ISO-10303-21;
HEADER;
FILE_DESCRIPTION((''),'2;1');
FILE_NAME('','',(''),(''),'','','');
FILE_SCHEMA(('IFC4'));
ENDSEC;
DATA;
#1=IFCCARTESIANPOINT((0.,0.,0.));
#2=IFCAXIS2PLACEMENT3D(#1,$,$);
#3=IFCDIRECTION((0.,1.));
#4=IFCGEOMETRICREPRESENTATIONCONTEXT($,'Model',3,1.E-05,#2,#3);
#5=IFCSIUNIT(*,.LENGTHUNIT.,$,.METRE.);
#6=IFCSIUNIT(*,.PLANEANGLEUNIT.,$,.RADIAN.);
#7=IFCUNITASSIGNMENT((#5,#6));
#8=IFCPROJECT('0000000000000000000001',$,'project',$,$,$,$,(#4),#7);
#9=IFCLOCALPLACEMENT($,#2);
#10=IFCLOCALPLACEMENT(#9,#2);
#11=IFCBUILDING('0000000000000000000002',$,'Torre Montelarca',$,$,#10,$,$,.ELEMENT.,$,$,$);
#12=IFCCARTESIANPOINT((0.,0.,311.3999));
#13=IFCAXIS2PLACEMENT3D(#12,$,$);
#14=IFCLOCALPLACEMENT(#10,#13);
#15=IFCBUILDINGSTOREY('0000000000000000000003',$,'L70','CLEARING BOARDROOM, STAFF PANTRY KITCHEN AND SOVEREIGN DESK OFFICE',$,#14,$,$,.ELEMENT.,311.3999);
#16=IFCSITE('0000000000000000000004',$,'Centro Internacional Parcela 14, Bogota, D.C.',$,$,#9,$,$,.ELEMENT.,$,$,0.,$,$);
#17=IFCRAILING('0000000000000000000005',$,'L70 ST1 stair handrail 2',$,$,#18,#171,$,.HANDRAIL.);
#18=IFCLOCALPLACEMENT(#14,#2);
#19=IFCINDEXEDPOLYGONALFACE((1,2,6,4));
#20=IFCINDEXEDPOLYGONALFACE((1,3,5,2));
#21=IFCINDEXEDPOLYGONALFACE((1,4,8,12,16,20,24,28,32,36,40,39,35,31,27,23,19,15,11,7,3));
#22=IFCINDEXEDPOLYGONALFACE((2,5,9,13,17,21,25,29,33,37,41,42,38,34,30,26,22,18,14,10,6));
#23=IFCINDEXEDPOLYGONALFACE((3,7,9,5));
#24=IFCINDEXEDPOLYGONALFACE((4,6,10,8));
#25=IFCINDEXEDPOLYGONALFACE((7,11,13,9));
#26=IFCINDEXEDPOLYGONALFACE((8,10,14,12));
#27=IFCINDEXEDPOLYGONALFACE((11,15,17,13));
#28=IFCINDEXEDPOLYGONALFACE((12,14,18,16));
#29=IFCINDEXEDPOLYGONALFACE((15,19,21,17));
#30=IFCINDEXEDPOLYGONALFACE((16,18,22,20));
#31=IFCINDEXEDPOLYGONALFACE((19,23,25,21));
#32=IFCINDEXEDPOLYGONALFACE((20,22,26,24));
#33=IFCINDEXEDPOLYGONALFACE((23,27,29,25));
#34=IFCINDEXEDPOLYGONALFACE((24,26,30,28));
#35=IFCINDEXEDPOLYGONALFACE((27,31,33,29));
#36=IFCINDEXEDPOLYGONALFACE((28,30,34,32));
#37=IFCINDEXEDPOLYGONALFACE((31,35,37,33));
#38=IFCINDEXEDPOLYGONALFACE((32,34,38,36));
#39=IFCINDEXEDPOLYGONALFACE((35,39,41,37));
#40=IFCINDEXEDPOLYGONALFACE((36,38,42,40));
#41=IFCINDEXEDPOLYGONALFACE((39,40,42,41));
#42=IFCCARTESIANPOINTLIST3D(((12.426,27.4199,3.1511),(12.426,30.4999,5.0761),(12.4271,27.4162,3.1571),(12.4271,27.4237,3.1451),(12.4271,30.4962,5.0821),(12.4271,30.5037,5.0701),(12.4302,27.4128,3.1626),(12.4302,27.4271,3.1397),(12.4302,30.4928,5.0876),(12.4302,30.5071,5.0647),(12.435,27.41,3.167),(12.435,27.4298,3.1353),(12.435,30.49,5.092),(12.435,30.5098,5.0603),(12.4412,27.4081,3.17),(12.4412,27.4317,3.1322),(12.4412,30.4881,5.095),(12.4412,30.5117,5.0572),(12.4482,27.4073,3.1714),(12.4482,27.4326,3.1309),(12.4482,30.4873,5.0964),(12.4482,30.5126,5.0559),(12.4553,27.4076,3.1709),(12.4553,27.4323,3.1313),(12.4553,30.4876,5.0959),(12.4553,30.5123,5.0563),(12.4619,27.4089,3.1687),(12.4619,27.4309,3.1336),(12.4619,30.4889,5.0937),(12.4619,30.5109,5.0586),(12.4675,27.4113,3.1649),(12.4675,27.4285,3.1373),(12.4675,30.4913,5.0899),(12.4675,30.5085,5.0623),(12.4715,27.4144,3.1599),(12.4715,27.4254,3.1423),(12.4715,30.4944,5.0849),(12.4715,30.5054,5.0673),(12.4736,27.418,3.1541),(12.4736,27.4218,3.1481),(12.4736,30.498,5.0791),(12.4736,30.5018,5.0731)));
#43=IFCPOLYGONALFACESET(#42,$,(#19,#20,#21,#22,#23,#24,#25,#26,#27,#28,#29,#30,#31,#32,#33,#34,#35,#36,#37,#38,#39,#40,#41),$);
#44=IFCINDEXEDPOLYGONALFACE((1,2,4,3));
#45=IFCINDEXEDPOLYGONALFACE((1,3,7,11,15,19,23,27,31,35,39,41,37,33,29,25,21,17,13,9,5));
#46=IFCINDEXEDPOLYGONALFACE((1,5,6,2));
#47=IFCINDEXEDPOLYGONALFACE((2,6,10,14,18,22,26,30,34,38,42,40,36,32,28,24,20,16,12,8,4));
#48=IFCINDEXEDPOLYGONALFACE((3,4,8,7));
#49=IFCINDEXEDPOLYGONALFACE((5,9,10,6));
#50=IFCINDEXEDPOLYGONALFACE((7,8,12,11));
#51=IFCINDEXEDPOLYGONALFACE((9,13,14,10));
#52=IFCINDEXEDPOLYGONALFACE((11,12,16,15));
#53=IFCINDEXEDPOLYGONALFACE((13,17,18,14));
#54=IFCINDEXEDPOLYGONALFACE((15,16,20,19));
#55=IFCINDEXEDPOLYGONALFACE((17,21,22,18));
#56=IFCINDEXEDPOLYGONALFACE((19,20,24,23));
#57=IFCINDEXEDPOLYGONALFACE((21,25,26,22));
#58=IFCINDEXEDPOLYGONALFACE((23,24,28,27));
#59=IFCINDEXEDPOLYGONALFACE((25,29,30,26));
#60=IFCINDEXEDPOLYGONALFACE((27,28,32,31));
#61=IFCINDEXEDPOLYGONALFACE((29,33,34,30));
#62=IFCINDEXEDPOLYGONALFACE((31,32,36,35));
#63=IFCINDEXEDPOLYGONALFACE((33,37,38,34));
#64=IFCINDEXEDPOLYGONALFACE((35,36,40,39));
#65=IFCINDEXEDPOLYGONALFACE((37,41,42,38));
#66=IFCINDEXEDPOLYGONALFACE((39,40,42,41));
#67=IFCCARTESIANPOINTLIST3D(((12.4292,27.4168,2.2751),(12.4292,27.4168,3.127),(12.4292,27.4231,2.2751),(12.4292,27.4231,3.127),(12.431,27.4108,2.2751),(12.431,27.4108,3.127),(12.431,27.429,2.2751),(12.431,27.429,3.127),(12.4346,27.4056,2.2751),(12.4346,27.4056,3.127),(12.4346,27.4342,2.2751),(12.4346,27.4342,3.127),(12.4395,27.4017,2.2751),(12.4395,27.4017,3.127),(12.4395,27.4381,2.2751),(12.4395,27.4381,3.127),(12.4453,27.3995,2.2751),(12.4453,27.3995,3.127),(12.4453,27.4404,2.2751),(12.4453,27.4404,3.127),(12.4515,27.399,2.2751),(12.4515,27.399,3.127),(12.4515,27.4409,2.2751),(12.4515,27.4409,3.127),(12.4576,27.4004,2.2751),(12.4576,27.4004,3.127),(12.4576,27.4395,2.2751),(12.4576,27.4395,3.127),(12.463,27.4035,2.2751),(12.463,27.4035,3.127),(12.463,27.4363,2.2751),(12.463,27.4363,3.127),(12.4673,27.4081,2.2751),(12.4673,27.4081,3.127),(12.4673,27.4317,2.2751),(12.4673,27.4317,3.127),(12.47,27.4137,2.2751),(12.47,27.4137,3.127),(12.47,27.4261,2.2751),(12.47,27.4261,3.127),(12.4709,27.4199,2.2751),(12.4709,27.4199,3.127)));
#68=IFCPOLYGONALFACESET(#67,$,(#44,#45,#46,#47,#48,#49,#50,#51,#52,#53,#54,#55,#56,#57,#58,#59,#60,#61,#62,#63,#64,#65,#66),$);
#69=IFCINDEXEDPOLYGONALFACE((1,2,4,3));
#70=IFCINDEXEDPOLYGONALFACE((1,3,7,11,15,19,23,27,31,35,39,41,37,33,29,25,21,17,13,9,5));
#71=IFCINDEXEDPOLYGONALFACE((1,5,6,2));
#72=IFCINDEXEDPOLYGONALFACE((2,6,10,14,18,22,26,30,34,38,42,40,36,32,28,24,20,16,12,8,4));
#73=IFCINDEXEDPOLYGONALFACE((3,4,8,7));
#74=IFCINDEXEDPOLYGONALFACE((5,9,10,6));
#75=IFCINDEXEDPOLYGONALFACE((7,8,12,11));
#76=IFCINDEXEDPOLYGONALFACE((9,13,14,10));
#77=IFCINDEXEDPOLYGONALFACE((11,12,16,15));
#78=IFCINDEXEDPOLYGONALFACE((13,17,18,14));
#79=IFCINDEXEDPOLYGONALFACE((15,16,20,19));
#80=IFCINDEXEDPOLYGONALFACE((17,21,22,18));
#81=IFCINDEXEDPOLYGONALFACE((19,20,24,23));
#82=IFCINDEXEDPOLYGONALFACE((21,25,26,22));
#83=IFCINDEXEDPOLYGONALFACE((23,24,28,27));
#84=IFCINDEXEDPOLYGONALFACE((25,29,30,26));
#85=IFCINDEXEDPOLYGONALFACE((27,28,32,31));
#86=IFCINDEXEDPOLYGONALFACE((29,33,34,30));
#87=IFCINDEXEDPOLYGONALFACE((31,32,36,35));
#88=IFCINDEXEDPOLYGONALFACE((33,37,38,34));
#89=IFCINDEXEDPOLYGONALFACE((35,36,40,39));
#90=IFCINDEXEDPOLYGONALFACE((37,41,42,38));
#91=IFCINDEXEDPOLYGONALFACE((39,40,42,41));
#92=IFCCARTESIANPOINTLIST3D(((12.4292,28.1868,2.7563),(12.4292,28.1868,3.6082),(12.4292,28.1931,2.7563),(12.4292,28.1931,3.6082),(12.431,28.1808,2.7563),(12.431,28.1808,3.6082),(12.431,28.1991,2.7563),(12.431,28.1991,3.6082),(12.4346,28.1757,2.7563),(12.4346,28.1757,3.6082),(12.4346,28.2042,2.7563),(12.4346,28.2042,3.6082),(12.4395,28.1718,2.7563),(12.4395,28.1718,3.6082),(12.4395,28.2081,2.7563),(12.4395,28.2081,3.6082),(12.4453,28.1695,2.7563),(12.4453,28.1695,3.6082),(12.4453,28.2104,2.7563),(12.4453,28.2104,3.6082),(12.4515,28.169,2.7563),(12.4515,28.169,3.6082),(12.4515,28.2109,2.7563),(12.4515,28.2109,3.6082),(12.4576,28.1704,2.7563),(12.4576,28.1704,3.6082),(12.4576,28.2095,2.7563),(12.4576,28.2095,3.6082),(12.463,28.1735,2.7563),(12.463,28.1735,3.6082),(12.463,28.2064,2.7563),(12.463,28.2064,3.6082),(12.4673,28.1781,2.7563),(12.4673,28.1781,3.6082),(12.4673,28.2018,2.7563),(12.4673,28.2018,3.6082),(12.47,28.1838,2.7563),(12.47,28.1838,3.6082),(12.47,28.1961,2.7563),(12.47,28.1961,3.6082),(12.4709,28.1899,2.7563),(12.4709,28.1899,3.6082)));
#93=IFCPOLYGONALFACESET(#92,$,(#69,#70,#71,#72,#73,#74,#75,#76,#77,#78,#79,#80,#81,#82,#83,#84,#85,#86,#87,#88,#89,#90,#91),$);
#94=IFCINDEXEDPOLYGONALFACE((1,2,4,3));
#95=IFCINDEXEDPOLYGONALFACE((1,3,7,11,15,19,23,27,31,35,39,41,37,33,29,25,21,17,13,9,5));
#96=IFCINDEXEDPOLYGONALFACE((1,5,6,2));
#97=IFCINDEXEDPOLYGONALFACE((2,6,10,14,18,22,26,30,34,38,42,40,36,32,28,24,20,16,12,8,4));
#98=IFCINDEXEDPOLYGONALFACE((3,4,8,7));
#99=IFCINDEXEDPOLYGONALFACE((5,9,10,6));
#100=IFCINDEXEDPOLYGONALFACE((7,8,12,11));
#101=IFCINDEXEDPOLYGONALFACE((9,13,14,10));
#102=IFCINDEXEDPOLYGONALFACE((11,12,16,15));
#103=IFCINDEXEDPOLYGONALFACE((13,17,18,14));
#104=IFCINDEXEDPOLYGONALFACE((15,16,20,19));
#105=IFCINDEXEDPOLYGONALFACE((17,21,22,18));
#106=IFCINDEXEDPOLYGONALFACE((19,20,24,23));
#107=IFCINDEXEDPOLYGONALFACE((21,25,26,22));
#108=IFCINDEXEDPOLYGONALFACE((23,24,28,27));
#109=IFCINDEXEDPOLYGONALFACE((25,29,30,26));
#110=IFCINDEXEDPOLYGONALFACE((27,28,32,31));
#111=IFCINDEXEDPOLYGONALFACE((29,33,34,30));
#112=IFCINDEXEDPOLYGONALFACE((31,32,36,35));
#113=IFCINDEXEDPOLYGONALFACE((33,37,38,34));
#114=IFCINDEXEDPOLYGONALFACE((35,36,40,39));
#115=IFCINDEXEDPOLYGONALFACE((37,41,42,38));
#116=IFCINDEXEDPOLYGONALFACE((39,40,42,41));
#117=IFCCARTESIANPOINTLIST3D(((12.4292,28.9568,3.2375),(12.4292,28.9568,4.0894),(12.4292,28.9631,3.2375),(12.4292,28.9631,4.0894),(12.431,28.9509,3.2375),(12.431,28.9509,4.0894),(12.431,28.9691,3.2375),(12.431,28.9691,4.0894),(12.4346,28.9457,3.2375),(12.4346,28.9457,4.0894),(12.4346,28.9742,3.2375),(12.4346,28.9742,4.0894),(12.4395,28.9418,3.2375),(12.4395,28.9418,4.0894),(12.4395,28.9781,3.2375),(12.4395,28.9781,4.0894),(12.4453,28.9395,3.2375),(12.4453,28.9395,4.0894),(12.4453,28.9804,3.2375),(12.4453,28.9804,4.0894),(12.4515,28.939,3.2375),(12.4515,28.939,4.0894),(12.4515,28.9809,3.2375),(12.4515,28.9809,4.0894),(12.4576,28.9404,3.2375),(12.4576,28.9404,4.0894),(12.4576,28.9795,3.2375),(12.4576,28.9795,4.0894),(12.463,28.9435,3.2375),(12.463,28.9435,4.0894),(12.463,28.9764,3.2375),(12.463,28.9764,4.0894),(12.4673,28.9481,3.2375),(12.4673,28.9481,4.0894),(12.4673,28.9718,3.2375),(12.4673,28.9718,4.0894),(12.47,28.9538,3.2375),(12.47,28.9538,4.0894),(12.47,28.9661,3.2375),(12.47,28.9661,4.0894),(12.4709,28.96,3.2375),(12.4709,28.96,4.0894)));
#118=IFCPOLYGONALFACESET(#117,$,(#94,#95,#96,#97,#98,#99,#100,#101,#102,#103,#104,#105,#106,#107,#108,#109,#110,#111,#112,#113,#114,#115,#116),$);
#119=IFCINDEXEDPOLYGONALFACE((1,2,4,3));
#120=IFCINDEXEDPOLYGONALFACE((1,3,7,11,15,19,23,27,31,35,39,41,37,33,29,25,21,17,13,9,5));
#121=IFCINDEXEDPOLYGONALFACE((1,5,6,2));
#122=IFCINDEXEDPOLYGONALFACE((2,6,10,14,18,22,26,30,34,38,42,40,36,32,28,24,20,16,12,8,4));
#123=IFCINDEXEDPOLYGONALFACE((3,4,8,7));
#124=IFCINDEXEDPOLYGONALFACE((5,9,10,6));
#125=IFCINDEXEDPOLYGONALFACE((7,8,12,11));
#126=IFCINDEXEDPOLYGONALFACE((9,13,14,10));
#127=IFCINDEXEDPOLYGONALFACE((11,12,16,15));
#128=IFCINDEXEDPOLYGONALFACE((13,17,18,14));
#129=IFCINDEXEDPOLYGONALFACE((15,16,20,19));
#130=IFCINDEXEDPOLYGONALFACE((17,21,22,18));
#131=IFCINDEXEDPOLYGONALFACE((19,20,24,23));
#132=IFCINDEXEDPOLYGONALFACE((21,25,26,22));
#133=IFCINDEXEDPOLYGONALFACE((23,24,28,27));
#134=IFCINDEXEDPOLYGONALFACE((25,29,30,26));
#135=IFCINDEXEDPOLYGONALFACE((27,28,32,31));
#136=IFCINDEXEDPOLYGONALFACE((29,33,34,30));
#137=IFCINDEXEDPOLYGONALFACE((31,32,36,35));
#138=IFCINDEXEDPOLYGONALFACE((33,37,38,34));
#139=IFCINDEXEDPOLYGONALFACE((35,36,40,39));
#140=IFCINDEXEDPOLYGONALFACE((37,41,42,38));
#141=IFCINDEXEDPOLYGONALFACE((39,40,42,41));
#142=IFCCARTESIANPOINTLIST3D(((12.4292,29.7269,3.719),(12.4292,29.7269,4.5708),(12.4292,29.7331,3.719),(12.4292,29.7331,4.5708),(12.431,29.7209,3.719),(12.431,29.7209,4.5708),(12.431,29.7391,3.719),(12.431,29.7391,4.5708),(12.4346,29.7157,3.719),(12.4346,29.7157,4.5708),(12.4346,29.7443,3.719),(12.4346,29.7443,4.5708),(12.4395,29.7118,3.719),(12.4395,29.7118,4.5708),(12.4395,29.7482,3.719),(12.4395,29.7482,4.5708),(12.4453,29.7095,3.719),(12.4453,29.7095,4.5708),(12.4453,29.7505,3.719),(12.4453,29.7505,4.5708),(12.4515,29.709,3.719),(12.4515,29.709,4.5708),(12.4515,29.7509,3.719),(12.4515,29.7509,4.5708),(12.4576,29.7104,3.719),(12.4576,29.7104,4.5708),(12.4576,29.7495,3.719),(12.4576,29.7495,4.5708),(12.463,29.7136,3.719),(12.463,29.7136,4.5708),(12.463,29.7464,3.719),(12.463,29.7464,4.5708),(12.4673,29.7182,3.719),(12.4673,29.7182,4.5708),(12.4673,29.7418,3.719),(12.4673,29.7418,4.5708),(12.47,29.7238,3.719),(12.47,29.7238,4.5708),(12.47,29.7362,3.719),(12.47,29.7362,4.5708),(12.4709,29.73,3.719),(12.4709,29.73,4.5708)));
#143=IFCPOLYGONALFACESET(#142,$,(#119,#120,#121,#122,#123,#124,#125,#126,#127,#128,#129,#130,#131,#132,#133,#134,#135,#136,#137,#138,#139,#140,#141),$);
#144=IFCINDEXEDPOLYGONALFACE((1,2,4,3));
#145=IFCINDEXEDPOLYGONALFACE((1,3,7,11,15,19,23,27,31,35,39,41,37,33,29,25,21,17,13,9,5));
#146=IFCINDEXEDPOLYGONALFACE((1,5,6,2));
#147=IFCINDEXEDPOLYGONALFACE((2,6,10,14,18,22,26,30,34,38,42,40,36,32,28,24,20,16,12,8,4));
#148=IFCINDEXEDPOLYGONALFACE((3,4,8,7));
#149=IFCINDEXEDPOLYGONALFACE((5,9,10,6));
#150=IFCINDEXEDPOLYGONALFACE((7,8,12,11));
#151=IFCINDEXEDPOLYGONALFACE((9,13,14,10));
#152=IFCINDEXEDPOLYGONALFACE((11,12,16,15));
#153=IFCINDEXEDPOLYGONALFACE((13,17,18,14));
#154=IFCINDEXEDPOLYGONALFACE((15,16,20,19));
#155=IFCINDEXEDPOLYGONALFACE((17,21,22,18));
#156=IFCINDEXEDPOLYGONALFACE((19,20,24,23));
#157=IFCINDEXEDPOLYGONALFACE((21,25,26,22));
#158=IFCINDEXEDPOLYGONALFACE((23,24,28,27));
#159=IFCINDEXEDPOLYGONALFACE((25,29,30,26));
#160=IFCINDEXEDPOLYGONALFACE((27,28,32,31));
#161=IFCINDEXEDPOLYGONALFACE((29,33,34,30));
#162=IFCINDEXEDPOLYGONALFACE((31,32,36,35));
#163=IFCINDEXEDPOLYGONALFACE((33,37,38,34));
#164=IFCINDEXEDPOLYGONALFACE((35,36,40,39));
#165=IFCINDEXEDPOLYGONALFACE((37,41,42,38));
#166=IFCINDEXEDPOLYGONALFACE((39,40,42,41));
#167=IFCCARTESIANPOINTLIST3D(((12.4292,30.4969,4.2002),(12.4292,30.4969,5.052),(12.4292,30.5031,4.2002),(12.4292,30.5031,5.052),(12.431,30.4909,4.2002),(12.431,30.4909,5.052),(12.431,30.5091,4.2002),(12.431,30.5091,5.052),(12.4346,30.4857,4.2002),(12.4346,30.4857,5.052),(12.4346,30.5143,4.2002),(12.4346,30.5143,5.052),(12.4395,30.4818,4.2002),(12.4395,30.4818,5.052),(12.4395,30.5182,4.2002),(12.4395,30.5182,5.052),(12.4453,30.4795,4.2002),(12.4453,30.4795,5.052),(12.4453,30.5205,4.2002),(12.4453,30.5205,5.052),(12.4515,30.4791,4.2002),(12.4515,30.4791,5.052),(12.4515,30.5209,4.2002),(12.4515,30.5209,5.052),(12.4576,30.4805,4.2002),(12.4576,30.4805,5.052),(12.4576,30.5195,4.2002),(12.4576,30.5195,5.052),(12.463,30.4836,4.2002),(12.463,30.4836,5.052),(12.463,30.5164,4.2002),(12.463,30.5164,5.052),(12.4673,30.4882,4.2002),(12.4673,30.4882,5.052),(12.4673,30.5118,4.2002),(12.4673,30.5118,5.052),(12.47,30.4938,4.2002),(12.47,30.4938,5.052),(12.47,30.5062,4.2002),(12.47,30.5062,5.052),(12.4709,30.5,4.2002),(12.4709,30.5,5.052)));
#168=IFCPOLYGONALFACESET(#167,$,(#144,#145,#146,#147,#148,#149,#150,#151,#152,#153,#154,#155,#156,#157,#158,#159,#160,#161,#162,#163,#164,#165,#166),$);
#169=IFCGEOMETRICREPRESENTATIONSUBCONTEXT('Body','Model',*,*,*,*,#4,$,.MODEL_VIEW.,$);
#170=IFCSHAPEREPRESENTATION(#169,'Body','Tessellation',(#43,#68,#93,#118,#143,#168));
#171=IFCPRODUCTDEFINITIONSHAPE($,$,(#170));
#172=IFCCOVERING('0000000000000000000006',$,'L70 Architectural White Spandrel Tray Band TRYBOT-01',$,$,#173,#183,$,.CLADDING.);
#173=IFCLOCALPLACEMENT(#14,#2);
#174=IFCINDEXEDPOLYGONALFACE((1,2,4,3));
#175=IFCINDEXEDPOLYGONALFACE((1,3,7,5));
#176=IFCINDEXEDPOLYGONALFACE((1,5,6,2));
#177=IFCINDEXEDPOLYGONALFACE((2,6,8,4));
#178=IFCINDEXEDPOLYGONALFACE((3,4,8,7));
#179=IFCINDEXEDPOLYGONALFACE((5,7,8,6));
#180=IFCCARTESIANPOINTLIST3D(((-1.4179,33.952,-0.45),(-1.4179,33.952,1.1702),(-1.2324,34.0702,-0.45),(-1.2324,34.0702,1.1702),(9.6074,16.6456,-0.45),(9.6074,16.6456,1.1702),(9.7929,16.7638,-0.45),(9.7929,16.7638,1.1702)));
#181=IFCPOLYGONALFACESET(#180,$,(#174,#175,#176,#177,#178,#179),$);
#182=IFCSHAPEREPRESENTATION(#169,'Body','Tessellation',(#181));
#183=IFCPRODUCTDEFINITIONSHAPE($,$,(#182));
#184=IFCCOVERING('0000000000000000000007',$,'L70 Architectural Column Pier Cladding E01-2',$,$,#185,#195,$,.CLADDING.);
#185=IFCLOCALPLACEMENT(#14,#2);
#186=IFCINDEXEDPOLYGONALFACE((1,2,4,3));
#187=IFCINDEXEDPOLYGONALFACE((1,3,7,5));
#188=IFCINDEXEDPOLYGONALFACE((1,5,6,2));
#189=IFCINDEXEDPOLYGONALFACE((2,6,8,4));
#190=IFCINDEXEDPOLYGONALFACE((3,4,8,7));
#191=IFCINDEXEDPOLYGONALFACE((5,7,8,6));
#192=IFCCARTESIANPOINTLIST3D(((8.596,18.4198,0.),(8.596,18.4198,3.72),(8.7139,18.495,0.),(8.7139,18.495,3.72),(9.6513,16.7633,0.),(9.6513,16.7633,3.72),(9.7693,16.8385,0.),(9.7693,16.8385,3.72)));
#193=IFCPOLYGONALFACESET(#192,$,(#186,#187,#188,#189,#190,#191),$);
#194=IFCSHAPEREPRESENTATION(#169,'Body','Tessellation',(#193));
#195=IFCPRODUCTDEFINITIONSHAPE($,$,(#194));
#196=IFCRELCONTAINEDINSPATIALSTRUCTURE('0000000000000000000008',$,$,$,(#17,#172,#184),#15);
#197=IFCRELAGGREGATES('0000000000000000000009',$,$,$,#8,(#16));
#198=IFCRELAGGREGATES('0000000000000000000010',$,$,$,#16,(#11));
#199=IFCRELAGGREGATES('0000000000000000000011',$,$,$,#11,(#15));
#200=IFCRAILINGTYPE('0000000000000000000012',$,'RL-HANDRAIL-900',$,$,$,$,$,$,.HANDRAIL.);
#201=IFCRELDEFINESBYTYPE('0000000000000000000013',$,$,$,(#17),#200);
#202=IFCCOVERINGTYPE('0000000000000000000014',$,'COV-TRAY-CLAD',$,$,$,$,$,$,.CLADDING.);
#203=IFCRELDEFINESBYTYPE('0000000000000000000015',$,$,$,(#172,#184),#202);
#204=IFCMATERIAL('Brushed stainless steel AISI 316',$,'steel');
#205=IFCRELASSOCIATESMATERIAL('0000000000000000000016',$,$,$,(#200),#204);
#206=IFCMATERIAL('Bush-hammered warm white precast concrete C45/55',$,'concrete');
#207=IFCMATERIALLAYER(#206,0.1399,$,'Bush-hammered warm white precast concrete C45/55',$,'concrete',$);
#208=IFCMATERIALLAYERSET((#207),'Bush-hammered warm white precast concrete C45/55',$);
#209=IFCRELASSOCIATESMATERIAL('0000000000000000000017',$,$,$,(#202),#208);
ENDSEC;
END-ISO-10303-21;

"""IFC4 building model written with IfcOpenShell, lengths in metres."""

from ifc_helpers import new_model, si_unit, direction, frame, origin, origin_2d, place, context, subcontext, project, spatial, rectangle, circle, extrude, source, transform, mapped, material, layer, layer_set, type_object, element, save


model = new_model("IFC4")

# Units and contexts
model_context = context("Model", 3, precision=1e-05, world=origin(), true_north=direction((0.0, 1.0)))
body_context = subcontext(model_context, "Body", "Model", "MODEL_VIEW")
ifc_project = project(units=[si_unit("LENGTHUNIT", "METRE"), si_unit("PLANEANGLEUNIT", "RADIAN")], contexts=[model_context])

# Site, building, storey
site_placement = place(None, origin())
site = spatial("IfcSite", under=ifc_project, at=site_placement, Name="Centro Internacional Parcela 14, Bogota, D.C.", CompositionType="ELEMENT", RefElevation=0.0)
building_placement = place(site_placement, origin())
building = spatial("IfcBuilding", under=site, at=building_placement, Name="Torre Montelarca", CompositionType="ELEMENT")
storey_placement = place(building_placement, frame((0.0, 0.0, 311.3999)))
storey = spatial("IfcBuildingStorey", under=building, at=storey_placement, Name="L70", Description="CLEARING BOARDROOM, STAFF PANTRY KITCHEN AND SOVEREIGN DESK OFFICE", CompositionType="ELEMENT", Elevation=311.3999)

# Railing
ifc_material_1 = material(Name="Brushed stainless steel AISI 316", Category="steel")
railing_type_1 = type_object("IfcRailingType", Name="RL-HANDRAIL-900", PredefinedType="HANDRAIL", material=ifc_material_1)
railing_1_placement = place(storey_placement, frame((12.45, 27.4199, 2.2751)))
element("IfcRailing", 1, at=railing_1_placement, inside=storey, type_object=railing_type_1, Name="L70 ST1 stair handrail 2", PredefinedType="HANDRAIL", context=body_context, shape_type="SweptSolid", body=[
    extrude(circle(Radius=0.0239, at=origin_2d()), frame((0.0, 0.0, 0.876), z_axis=(0.0, 0.847998, 0.529999), x_axis=(-1.0, 0.0, 0.0)), (0.0, 0.0, 1.0), 3.6321),
    extrude(circle(Radius=0.021, at=origin_2d()), origin(), (0.0, 0.0, 1.0), 0.8518),
    extrude(circle(Radius=0.021, at=origin_2d()), frame((0.0, 0.77, 0.4812)), (0.0, 0.0, 1.0), 0.8518),
    extrude(circle(Radius=0.021, at=origin_2d()), frame((0.0, 1.54, 0.9624)), (0.0, 0.0, 1.0), 0.8518),
    extrude(circle(Radius=0.021, at=origin_2d()), frame((0.0, 2.3101, 1.4438)), (0.0, 0.0, 1.0), 0.8518),
    extrude(circle(Radius=0.021, at=origin_2d()), frame((0.0, 3.0801, 1.925)), (0.0, 0.0, 1.0), 0.8518),
])

# Coverings
ifc_material_2 = material(Name="Bush-hammered warm white precast concrete C45/55", Category="concrete")
ifc_layer_1 = layer(ifc_material_2, 0.1399, Name="Bush-hammered warm white precast concrete C45/55", Category="concrete")
ifc_layer_set_1 = layer_set([ifc_layer_1], Name="Bush-hammered warm white precast concrete C45/55")
covering_type = type_object("IfcCoveringType", Name="COV-TRAY-CLAD", PredefinedType="CLADDING", material=ifc_layer_set_1)
shared_shape_1 = source(origin(), body_context, "Body", "SweptSolid", [
    extrude(rectangle(XDim=20.52, YDim=0.22, at=origin_2d()), origin(), (0.0, 0.0, 1.0), 1.6201),
])
covering_1_placement = place(storey_placement, frame((4.1875, 25.3579, -0.45), z_axis=(0.0, 0.0, 1.0), x_axis=(0.537298, -0.843392, 0.0)))
element("IfcCovering", 2, at=covering_1_placement, inside=storey, type_object=covering_type, Name="L70 Architectural White Spandrel Tray Band TRYBOT-01", PredefinedType="CLADDING", context=body_context, shape_type="MappedRepresentation", body=[
    mapped(shared_shape_1, transform((0.0, 0.0, 0.0), scale=1.0)),
])
shared_shape_2 = source(origin(), body_context, "Body", "SweptSolid", [
    extrude(rectangle(XDim=1.9641, YDim=0.1399, at=origin_2d()), origin(), (0.0, 0.0, 1.0), 3.72),
])
covering_2_placement = place(storey_placement, frame((9.1826, 17.6292, 0.0), z_axis=(0.0, 0.0, 1.0), x_axis=(0.537301, -0.843391, 0.0)))
element("IfcCovering", 3, at=covering_2_placement, inside=storey, type_object=covering_type, Name="L70 Architectural Column Pier Cladding E01-2", PredefinedType="CLADDING", context=body_context, shape_type="MappedRepresentation", body=[
    mapped(shared_shape_2, transform((0.0, 0.0, 0.0), scale=1.0)),
])

save(model, "model.ifc")
